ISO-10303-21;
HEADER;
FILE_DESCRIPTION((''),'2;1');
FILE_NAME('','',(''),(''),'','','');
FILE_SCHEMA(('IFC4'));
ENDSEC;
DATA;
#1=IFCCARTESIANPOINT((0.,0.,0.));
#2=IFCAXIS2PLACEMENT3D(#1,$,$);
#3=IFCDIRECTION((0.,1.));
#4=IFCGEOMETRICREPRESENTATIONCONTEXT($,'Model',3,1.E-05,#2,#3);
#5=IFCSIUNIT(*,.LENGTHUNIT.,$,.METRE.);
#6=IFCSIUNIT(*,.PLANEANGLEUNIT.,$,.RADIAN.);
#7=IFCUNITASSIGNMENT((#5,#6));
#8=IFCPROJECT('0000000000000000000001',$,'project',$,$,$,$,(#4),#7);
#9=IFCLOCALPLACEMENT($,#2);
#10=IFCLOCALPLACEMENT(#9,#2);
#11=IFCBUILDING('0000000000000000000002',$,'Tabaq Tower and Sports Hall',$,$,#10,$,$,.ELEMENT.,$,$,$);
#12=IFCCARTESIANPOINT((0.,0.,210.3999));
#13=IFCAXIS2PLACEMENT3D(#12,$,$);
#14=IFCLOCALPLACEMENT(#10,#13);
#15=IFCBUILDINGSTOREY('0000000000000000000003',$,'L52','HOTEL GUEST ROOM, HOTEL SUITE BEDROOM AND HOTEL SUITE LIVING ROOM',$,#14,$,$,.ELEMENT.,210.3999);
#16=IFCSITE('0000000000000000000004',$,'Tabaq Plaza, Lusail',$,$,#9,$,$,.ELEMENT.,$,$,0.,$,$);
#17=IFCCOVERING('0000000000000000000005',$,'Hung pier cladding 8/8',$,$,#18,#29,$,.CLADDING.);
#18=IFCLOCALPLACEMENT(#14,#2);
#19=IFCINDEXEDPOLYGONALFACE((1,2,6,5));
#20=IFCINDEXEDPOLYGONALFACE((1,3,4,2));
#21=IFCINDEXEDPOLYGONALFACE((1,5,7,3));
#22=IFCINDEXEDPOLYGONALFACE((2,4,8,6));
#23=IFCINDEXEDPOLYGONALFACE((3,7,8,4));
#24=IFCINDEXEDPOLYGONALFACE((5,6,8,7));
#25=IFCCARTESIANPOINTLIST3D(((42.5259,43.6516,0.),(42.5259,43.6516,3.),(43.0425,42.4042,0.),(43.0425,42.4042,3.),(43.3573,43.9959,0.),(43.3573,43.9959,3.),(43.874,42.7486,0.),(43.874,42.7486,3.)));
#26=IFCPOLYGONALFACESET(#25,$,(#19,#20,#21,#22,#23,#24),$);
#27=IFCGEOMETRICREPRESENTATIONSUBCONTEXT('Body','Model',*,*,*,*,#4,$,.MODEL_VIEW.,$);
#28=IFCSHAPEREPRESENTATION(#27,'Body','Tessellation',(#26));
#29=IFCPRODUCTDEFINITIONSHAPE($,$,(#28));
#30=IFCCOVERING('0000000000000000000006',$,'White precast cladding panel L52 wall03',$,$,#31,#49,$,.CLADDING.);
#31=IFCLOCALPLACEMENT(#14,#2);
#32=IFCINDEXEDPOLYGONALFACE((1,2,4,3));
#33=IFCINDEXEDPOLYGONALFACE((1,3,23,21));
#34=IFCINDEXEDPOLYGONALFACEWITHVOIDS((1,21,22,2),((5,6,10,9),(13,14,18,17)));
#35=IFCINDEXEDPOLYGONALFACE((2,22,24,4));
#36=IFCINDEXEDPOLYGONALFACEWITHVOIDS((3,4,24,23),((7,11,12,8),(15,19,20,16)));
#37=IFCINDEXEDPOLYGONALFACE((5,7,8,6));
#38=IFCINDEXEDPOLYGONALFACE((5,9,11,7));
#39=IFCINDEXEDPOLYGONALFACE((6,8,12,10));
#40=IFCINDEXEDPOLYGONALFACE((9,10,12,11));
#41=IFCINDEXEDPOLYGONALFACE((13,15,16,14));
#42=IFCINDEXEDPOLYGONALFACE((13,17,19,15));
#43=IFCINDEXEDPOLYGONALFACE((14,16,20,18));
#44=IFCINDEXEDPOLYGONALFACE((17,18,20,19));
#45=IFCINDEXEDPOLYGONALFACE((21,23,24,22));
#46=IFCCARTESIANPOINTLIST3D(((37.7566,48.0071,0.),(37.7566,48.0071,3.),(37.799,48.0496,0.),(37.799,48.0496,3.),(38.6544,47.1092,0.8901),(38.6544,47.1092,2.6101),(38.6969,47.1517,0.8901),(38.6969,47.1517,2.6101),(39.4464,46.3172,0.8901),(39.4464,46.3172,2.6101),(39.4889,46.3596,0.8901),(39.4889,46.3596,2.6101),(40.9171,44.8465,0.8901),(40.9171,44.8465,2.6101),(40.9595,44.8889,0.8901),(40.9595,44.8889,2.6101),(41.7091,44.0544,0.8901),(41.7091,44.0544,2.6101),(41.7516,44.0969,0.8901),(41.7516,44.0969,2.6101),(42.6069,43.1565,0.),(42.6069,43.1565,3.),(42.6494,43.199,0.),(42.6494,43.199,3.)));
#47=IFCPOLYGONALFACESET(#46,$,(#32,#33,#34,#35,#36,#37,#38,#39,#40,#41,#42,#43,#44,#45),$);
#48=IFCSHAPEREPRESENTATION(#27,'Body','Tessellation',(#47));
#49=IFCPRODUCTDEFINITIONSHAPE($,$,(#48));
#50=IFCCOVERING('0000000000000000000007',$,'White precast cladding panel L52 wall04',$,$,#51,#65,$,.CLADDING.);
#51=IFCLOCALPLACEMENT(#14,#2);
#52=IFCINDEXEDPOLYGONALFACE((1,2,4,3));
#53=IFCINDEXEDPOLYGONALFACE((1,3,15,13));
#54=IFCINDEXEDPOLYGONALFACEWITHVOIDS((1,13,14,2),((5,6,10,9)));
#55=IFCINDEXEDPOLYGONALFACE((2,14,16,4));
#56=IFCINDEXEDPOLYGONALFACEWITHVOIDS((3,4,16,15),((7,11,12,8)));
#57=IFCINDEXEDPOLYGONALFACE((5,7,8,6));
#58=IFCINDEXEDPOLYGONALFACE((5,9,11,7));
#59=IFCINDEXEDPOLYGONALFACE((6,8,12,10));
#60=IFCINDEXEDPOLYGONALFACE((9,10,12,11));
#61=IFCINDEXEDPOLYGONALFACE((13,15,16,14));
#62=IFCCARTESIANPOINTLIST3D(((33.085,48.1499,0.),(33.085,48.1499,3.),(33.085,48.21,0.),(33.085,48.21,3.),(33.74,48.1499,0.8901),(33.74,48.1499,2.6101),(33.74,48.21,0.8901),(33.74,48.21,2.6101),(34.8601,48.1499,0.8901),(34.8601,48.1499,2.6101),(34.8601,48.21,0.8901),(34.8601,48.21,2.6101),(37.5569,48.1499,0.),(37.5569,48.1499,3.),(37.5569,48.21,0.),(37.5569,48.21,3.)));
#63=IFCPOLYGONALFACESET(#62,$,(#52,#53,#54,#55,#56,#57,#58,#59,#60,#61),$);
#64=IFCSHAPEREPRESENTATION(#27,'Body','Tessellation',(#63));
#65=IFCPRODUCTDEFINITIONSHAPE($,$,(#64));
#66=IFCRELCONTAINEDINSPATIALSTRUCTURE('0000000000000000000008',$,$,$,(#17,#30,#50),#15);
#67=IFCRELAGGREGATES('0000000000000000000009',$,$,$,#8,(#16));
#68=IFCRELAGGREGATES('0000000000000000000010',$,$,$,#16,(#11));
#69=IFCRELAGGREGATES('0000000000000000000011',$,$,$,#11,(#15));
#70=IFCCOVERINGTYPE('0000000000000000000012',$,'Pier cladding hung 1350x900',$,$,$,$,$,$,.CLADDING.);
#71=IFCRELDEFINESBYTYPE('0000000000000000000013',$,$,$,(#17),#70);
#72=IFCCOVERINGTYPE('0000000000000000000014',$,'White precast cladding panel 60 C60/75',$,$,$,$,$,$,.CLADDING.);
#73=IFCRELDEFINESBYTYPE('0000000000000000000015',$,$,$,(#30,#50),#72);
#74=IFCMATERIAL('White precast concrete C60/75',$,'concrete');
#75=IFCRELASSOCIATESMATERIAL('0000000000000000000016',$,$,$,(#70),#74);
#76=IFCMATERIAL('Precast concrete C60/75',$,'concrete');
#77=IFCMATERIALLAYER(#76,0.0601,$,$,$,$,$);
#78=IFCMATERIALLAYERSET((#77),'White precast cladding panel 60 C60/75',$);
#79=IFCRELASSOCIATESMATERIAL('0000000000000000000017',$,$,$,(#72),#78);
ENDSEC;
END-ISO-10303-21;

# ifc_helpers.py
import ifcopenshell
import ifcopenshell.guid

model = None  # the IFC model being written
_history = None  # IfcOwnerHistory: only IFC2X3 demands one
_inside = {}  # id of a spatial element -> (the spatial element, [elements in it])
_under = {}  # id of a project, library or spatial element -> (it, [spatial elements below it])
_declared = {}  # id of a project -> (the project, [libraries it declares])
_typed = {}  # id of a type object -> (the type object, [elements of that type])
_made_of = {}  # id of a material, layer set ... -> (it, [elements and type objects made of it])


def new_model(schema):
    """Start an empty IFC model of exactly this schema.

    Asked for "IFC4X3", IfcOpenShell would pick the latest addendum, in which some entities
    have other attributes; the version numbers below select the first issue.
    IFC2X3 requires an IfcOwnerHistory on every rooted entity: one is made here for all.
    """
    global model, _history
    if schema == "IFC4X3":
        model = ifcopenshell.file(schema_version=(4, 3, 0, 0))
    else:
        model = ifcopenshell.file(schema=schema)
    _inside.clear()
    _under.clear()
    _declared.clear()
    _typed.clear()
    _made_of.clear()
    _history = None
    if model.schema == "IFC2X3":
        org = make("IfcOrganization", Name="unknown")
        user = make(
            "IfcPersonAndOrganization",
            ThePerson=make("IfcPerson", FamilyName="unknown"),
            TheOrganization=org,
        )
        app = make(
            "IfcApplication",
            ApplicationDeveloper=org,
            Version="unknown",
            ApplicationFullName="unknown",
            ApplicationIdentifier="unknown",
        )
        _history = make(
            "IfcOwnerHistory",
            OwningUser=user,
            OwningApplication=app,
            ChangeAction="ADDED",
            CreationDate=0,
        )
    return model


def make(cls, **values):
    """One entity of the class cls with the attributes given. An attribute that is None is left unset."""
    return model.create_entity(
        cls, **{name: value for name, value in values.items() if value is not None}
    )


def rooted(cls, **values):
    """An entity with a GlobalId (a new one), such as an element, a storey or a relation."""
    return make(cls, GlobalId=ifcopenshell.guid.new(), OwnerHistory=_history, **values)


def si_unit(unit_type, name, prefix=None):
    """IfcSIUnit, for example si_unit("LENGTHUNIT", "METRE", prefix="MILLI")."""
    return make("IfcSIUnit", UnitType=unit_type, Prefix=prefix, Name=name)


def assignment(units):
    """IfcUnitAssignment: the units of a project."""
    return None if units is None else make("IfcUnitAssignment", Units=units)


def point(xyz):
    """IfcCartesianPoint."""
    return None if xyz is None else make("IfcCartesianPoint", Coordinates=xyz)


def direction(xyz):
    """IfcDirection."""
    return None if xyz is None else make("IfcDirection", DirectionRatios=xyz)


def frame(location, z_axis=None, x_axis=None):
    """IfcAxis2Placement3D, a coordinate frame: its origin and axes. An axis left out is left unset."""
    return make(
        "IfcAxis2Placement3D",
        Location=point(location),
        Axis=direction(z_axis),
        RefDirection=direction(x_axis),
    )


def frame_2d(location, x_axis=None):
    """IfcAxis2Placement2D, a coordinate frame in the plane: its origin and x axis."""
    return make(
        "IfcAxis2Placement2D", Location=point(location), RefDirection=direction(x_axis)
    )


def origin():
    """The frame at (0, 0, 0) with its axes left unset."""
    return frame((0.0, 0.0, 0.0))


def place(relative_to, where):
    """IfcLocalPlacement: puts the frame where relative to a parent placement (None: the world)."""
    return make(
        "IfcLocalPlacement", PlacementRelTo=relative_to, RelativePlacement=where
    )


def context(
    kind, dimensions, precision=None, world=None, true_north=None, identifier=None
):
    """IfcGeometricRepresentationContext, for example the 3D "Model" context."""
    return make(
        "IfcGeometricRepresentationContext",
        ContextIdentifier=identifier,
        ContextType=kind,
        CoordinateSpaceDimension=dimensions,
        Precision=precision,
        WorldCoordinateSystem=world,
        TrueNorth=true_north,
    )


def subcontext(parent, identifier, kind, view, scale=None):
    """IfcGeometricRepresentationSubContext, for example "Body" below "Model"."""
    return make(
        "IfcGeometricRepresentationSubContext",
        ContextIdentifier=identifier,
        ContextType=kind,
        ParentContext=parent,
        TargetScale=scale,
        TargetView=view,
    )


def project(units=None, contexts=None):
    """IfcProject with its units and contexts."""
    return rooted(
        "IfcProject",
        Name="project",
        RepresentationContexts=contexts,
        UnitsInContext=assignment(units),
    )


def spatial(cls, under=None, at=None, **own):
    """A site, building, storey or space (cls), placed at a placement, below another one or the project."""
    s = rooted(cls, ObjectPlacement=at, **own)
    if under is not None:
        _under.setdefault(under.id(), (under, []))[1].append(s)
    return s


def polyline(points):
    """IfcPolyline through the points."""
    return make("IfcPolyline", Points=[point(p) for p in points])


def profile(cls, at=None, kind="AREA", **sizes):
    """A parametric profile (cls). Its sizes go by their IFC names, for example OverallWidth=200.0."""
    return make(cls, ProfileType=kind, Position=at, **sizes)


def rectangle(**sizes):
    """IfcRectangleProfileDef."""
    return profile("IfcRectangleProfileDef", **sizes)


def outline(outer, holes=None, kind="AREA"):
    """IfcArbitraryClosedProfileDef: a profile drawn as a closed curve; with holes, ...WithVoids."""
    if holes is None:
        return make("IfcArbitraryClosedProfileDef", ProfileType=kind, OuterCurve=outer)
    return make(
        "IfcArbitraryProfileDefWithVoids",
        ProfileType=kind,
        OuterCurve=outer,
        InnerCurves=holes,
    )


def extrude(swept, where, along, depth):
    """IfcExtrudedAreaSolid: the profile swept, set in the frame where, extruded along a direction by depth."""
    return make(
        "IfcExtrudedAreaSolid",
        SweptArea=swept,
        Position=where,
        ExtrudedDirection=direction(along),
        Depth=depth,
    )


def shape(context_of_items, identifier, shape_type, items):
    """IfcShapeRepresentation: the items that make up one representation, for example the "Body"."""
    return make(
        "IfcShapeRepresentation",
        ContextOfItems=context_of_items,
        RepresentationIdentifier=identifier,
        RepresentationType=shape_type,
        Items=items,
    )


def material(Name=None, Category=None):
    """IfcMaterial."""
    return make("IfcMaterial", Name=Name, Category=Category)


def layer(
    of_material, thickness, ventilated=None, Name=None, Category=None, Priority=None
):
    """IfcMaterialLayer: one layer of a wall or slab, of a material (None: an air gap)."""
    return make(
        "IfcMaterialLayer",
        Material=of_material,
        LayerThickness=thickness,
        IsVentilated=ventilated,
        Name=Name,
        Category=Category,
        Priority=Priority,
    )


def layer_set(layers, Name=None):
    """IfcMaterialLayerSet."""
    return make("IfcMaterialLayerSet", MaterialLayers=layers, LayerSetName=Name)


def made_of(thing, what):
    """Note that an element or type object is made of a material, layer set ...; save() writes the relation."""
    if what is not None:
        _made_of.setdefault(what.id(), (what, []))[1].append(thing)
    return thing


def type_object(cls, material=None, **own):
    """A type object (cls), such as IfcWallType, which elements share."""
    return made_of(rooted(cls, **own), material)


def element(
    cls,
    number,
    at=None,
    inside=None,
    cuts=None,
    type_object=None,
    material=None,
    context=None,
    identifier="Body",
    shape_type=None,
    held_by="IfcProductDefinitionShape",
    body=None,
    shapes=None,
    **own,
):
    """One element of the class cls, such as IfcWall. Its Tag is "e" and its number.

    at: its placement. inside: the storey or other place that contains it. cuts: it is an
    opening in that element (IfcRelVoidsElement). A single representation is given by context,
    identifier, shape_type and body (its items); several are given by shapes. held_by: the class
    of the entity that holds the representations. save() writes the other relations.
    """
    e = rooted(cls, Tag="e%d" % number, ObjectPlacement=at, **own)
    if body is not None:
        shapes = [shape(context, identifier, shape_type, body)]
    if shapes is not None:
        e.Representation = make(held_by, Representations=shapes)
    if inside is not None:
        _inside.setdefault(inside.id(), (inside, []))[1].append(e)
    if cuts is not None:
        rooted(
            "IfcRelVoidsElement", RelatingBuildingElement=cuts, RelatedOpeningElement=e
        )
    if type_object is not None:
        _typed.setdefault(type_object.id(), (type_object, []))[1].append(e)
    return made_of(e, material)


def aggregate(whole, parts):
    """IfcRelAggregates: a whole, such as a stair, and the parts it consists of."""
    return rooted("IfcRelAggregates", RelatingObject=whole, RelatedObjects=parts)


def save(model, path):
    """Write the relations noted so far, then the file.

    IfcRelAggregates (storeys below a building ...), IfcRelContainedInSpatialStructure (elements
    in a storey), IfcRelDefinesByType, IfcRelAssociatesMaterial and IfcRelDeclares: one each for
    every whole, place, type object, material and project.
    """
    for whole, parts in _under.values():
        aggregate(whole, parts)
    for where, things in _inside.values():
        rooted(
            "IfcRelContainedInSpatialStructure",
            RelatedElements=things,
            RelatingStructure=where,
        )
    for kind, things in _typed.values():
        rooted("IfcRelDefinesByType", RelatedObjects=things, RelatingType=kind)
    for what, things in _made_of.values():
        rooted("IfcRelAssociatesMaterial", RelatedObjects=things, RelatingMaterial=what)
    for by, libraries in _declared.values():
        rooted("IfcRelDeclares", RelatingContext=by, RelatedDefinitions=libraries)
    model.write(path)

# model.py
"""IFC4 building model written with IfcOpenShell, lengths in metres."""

from ifc_helpers import new_model, si_unit, direction, frame, frame_2d, origin, place, context, subcontext, project, spatial, polyline, rectangle, outline, extrude, material, layer, layer_set, type_object, element, save


model = new_model("IFC4")

# Units and contexts
model_context = context("Model", 3, precision=1e-05, world=origin(), true_north=direction((0.0, 1.0)))
body_context = subcontext(model_context, "Body", "Model", "MODEL_VIEW")
ifc_project = project(units=[si_unit("LENGTHUNIT", "METRE"), si_unit("PLANEANGLEUNIT", "RADIAN")], contexts=[model_context])

# Site, building, storey
site_placement = place(None, origin())
site = spatial("IfcSite", under=ifc_project, at=site_placement, Name="Tabaq Plaza, Lusail", CompositionType="ELEMENT", RefElevation=0.0)
building_placement = place(site_placement, origin())
building = spatial("IfcBuilding", under=site, at=building_placement, Name="Tabaq Tower and Sports Hall", CompositionType="ELEMENT")
storey_placement = place(building_placement, frame((0.0, 0.0, 210.3999)))
storey = spatial("IfcBuildingStorey", under=building, at=storey_placement, Name="L52", Description="HOTEL GUEST ROOM, HOTEL SUITE BEDROOM AND HOTEL SUITE LIVING ROOM", CompositionType="ELEMENT", Elevation=210.3999)

# Coverings
ifc_material_1 = material(Name="White precast concrete C60/75", Category="concrete")
covering_type_1 = type_object("IfcCoveringType", Name="Pier cladding hung 1350x900", PredefinedType="CLADDING", material=ifc_material_1)
for number, where, z_axis, x_axis, name in (
    (1, (43.4583, 42.5764, 0.0), (0.0, 0.0, 1.0), (-0.38265, 0.923893, 0.0), "Hung pier cladding 8/8"),
):
    element("IfcCovering", number, at=place(storey_placement, frame(where, z_axis=z_axis, x_axis=x_axis)), inside=storey, type_object=covering_type_1, Name=name, PredefinedType="CLADDING", context=body_context, shape_type="SweptSolid", body=[
        extrude(rectangle(XDim=1.3501, YDim=0.8999, at=frame_2d((0.675, 0.0))), origin(), (0.0, 0.0, 1.0), 3.0),
    ])
ifc_material_2 = material(Name="Precast concrete C60/75", Category="concrete")
ifc_layer_1 = layer(ifc_material_2, 0.0601)
ifc_layer_set_1 = layer_set([ifc_layer_1], Name="White precast cladding panel 60 C60/75")
covering_type_2 = type_object("IfcCoveringType", Name="White precast cladding panel 60 C60/75", PredefinedType="CLADDING", material=ifc_layer_set_1)
covering_1_placement = place(storey_placement, frame((42.6282, 43.1777, 0.0), z_axis=(0.0, 0.0, 1.0), x_axis=(-0.707089, 0.707125, 0.0)))
element("IfcCovering", 2, at=covering_1_placement, inside=storey, type_object=covering_type_2, Name="White precast cladding panel L52 wall03", PredefinedType="CLADDING", context=body_context, shape_type="SweptSolid", body=[
    extrude(outline(polyline([(0.0, 0.0), (6.8596, 0.0), (6.8596, 3.0), (0.0, 3.0), (0.0, 0.0)]), holes=[polyline([(1.2698, 2.6101), (2.3899, 2.6101), (2.3899, 0.8901), (1.2698, 0.8901), (1.2698, 2.6101)]), polyline([(4.4697, 2.6101), (5.5898, 2.6101), (5.5898, 0.8901), (4.4697, 0.8901), (4.4697, 2.6101)])]), frame((0.0, 0.03, 0.0), z_axis=(0.0, -1.0, 0.0), x_axis=(1.0, 0.0, 0.0)), (0.0, 0.0, 1.0), 0.0601),
])
covering_2_placement = place(storey_placement, frame((37.5569, 48.1799, 0.0), z_axis=(0.0, 0.0, 1.0), x_axis=(-1.0, 0.0, 0.0)))
element("IfcCovering", 3, at=covering_2_placement, inside=storey, type_object=covering_type_2, Name="White precast cladding panel L52 wall04", PredefinedType="CLADDING", context=body_context, shape_type="SweptSolid", body=[
    extrude(outline(polyline([(0.0, 0.0), (4.4719, 0.0), (4.4719, 3.0), (0.0, 3.0), (0.0, 0.0)]), holes=[polyline([(2.6968, 0.8901), (2.6968, 2.6101), (3.8169, 2.6101), (3.8169, 0.8901), (2.6968, 0.8901)])]), frame((0.0, 0.03, 0.0), z_axis=(0.0, -1.0, 0.0), x_axis=(1.0, 0.0, 0.0)), (0.0, 0.0, 1.0), 0.0601),
])

save(model, "model.ifc")
